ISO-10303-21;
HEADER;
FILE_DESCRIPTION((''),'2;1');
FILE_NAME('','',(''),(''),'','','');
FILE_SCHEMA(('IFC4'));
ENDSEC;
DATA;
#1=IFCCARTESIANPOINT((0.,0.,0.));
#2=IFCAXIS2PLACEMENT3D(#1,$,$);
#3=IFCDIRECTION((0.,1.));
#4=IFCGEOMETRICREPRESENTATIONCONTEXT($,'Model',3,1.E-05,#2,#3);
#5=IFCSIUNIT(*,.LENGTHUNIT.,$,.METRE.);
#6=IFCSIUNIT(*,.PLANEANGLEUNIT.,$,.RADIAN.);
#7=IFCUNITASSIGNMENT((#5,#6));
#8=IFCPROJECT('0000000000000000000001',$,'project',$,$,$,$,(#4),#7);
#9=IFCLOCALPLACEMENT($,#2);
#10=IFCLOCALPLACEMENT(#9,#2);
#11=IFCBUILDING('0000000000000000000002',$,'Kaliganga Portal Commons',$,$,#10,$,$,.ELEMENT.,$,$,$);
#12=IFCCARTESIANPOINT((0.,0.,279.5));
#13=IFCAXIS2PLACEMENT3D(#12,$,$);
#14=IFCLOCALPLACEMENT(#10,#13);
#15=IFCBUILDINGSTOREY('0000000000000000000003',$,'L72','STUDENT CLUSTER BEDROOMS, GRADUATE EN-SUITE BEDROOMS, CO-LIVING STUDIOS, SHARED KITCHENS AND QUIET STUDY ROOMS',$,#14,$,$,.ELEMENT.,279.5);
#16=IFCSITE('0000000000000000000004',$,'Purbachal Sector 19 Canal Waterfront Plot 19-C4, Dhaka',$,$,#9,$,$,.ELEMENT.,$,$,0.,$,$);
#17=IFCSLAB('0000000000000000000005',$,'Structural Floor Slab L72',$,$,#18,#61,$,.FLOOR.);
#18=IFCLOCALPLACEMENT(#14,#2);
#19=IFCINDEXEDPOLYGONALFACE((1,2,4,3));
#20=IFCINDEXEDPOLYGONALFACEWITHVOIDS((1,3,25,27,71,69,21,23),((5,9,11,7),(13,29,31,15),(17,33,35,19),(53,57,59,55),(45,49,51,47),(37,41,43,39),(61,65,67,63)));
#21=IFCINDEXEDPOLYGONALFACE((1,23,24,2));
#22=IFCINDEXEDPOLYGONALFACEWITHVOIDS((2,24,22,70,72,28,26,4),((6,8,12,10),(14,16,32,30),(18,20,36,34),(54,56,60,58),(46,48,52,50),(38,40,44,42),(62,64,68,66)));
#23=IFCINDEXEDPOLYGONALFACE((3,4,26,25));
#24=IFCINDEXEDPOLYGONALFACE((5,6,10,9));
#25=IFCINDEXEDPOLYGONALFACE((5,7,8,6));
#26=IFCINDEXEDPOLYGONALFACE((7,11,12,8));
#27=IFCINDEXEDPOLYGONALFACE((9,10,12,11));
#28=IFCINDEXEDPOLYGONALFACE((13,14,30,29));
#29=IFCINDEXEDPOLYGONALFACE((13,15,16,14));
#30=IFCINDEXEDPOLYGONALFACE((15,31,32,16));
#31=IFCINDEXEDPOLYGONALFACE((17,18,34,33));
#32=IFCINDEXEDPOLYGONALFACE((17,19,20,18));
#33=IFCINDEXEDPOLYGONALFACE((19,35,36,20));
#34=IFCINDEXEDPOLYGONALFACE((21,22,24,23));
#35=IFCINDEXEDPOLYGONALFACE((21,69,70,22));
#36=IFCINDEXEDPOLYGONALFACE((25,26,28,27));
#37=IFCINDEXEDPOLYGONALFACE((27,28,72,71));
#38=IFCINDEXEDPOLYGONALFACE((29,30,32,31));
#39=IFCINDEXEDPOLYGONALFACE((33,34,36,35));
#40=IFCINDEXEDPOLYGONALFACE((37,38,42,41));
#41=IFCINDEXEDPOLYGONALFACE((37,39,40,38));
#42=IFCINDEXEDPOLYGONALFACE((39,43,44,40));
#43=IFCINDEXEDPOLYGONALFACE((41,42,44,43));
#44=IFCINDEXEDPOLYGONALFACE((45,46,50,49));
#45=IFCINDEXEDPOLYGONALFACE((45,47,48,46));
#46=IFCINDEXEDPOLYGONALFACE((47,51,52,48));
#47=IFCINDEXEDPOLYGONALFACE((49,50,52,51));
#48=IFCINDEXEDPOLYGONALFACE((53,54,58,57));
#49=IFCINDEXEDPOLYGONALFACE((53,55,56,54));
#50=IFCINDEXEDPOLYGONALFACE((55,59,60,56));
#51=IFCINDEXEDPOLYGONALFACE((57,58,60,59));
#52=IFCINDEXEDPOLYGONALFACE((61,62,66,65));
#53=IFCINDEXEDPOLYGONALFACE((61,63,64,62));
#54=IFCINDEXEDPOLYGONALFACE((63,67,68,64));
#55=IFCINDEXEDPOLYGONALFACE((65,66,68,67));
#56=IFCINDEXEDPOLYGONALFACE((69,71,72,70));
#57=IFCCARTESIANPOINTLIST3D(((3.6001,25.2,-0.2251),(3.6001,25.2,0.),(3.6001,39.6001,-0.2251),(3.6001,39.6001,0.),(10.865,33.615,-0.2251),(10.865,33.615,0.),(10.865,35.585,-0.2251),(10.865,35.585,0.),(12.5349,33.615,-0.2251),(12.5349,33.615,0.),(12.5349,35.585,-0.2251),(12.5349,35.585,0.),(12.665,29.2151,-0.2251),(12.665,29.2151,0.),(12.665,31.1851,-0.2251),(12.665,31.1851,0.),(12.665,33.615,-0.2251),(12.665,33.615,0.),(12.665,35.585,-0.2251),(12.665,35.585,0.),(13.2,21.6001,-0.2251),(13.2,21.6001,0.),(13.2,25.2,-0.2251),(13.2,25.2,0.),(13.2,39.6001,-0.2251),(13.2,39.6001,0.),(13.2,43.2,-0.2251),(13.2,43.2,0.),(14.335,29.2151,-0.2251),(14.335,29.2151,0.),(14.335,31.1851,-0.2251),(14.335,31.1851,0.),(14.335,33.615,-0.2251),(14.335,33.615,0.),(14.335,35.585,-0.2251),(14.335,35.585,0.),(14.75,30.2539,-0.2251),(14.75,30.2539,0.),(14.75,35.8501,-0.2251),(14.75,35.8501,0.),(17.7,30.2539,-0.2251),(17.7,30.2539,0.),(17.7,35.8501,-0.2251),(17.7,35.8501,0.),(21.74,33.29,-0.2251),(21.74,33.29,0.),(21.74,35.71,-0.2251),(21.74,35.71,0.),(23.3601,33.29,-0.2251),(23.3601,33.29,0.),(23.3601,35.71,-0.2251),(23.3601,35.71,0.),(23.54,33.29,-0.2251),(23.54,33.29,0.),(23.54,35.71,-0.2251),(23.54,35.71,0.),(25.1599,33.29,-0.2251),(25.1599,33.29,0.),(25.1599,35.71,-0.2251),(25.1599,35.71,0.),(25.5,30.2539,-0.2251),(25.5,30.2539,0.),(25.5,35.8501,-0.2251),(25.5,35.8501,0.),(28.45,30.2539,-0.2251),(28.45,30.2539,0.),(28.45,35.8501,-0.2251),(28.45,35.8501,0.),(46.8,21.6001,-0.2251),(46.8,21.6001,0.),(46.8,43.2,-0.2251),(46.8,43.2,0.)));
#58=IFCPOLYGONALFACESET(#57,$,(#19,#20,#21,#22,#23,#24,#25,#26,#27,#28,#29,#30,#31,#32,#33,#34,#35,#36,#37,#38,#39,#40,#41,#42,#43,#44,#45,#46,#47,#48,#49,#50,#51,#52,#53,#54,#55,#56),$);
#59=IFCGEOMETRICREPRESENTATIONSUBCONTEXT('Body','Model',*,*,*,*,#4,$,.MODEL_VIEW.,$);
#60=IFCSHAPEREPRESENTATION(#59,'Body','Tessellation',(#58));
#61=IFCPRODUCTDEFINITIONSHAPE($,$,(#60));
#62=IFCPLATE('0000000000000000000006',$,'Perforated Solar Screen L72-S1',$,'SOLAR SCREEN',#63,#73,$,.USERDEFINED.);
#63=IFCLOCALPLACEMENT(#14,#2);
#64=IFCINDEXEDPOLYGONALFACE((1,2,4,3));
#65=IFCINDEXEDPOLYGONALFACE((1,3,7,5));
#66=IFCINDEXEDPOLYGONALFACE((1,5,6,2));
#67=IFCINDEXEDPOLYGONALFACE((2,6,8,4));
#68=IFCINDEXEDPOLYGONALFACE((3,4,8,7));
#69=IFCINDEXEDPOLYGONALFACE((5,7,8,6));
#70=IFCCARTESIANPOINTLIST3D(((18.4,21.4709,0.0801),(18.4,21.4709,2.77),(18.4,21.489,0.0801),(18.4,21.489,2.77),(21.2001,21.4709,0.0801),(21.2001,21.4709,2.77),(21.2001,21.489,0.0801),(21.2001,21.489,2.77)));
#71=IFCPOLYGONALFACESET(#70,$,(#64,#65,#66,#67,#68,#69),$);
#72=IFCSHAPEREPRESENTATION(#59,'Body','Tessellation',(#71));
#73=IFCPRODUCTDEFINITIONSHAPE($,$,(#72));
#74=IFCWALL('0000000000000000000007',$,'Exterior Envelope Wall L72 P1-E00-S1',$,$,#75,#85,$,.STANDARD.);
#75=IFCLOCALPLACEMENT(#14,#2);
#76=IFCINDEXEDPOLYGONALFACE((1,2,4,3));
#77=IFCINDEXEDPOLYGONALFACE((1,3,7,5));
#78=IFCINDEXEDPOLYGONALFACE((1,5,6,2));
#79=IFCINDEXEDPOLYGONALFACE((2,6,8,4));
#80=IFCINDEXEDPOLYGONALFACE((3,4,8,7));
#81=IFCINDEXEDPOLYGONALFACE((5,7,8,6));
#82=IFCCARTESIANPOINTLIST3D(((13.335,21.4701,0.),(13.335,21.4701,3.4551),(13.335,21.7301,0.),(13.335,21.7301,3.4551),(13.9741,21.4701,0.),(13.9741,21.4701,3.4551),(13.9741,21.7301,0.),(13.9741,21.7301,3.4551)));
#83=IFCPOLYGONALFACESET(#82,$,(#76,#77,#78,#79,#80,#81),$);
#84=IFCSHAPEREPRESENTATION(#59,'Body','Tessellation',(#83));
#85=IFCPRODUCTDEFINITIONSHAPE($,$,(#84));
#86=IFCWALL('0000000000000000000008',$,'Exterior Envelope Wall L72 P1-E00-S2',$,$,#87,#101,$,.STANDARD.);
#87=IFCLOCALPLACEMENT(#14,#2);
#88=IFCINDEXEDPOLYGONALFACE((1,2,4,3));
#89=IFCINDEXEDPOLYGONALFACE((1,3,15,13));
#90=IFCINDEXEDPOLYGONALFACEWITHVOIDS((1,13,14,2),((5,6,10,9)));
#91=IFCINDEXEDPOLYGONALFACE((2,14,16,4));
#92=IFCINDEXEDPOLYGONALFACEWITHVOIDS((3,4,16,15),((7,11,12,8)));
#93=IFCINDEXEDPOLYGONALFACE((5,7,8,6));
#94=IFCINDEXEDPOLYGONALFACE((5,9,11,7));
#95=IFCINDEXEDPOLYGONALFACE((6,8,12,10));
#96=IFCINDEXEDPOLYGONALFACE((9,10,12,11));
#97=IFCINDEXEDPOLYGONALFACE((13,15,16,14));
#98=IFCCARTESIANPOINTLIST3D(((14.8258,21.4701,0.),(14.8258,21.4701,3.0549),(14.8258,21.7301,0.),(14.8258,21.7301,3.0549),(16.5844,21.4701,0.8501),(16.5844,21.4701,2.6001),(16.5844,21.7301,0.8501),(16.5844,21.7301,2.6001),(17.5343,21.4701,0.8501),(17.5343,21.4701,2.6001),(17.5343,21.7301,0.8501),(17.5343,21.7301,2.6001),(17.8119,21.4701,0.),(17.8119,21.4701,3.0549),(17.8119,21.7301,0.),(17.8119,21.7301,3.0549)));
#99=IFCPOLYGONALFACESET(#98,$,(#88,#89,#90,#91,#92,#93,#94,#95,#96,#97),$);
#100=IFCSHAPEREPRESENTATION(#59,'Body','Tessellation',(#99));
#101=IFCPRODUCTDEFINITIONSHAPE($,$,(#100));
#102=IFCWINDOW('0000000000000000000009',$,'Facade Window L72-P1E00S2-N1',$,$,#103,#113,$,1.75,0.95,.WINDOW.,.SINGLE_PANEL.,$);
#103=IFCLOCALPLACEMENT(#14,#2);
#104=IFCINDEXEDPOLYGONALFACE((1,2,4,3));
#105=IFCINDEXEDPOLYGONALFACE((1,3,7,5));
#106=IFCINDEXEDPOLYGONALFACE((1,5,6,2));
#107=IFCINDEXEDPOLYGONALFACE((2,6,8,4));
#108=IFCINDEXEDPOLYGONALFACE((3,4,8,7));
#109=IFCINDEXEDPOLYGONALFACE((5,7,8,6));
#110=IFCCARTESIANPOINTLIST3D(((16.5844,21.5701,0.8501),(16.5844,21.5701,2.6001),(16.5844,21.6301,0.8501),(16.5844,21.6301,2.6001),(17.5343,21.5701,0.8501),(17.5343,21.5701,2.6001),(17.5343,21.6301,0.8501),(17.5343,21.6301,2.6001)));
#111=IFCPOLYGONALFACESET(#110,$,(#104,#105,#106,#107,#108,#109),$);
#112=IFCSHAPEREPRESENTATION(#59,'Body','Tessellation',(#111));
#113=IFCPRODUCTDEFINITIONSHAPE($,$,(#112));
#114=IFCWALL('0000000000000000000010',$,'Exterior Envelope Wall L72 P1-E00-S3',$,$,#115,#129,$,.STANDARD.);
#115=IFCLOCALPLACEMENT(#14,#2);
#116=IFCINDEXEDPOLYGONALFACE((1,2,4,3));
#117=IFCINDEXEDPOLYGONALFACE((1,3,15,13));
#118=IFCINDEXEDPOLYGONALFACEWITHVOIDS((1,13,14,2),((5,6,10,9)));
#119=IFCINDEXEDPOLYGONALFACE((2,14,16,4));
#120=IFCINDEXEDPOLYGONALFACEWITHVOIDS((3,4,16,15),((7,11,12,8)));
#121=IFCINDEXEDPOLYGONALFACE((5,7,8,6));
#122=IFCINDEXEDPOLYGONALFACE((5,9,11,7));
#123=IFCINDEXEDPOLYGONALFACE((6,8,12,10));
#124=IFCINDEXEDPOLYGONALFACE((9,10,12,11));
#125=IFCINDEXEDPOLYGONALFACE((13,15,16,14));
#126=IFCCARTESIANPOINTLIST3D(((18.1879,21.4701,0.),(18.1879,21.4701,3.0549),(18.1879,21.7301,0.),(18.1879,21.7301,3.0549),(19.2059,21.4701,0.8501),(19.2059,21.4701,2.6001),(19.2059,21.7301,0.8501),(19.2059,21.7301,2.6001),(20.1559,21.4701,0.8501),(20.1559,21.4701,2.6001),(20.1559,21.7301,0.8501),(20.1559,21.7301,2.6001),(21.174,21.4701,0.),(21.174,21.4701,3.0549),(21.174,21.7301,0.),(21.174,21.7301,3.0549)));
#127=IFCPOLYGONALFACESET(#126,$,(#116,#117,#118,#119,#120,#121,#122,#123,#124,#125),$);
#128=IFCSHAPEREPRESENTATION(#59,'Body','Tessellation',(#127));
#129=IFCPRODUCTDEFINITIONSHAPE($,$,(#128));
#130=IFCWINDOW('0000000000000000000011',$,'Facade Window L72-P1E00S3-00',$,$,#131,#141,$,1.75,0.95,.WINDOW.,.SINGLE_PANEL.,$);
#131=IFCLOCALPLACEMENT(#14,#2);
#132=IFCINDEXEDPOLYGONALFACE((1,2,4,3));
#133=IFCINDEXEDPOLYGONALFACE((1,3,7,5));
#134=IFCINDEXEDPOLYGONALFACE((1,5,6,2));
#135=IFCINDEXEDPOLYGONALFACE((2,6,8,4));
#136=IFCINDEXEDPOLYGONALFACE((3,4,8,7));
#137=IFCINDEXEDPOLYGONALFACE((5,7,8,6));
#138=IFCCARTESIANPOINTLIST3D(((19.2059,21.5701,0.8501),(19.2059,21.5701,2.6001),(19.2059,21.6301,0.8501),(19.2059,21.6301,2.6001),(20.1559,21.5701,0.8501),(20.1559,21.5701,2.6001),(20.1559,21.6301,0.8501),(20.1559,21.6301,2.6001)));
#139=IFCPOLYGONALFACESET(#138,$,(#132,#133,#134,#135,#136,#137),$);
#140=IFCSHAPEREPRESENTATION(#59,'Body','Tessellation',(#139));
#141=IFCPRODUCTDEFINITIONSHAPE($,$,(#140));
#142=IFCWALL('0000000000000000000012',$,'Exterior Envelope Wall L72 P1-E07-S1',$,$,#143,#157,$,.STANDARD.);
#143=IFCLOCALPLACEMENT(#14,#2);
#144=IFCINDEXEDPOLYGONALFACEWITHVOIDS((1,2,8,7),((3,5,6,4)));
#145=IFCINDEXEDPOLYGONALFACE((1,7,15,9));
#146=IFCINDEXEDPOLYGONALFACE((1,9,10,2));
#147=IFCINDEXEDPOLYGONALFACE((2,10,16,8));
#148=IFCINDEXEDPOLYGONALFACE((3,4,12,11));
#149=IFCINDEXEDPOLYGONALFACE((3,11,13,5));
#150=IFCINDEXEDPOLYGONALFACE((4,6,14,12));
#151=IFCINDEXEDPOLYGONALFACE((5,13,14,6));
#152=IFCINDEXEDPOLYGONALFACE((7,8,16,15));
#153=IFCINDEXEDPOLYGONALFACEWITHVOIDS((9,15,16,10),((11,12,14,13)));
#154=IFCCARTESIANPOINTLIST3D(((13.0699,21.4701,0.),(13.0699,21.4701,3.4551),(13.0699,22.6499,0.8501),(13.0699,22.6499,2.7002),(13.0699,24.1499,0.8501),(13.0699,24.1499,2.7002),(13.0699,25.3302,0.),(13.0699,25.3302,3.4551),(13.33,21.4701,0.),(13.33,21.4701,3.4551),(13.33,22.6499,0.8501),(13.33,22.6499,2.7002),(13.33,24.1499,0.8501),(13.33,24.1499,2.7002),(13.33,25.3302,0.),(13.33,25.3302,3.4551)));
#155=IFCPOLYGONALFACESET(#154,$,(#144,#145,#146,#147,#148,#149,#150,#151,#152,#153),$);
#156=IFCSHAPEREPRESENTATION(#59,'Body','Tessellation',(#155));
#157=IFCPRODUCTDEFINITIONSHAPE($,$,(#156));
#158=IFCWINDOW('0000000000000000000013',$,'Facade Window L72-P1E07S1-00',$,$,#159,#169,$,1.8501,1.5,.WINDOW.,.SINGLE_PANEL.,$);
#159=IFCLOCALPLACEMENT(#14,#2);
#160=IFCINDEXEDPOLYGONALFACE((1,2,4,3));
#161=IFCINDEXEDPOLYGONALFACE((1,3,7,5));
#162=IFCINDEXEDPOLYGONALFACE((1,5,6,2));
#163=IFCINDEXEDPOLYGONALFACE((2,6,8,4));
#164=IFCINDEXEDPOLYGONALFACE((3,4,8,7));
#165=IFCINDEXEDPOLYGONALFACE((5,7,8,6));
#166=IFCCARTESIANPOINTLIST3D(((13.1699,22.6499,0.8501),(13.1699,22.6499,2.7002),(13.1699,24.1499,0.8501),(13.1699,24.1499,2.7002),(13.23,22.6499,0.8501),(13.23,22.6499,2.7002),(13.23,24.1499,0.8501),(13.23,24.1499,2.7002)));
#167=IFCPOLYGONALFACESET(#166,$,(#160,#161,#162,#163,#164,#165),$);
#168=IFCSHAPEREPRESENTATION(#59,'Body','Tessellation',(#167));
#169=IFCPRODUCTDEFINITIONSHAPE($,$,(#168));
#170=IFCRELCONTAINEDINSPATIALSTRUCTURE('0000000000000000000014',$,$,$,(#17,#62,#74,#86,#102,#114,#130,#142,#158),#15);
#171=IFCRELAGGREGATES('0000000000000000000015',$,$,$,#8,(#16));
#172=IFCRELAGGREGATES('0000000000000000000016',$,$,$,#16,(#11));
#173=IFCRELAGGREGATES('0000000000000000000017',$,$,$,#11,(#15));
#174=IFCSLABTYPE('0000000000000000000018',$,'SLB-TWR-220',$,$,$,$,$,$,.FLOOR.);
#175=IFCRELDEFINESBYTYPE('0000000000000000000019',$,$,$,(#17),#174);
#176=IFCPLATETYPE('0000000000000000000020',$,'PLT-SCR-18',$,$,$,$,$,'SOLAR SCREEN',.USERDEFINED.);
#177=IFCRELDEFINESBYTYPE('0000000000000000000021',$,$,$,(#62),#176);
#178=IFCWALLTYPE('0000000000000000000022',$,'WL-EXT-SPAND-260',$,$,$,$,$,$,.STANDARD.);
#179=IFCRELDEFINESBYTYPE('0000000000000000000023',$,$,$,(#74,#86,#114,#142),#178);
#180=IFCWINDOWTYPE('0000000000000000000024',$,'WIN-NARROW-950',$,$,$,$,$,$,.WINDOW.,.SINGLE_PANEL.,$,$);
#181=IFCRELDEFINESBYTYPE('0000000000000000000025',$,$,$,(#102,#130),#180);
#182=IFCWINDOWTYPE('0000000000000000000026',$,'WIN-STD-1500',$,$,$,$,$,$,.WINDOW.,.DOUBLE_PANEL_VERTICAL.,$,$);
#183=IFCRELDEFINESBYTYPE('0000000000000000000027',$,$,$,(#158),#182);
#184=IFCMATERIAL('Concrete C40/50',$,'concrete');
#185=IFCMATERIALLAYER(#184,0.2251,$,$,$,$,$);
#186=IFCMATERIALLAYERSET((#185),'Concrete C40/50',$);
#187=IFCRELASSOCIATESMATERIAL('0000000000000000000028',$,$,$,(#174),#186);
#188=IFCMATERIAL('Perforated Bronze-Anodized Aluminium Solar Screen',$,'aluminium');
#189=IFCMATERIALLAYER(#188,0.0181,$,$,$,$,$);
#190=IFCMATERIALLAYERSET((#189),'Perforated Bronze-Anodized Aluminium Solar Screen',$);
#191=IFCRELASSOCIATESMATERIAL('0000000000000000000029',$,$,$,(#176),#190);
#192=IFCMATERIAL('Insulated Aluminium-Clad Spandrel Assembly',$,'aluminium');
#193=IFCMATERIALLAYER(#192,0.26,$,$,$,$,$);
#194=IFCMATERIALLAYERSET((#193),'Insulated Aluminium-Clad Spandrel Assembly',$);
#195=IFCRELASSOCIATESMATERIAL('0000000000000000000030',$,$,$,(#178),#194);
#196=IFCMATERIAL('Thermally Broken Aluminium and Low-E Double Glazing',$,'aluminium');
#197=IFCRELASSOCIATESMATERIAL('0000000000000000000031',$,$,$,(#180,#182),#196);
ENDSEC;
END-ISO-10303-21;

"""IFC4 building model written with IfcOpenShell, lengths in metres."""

from ifc_helpers import new_model, si_unit, direction, frame, frame_2d, origin, origin_2d, place, context, subcontext, project, spatial, polyline, rectangle, outline, extrude, source, transform, mapped, material, layer, layer_set, type_object, element, fill, save


model = new_model("IFC4")

# Units and contexts
model_context = context("Model", 3, precision=1e-05, world=origin(), true_north=direction((0.0, 1.0)))
body_context = subcontext(model_context, "Body", "Model", "MODEL_VIEW")
ifc_project = project(units=[si_unit("LENGTHUNIT", "METRE"), si_unit("PLANEANGLEUNIT", "RADIAN")], contexts=[model_context])

# Site, building, storey
site_placement = place(None, origin())
site = spatial("IfcSite", under=ifc_project, at=site_placement, Name="Purbachal Sector 19 Canal Waterfront Plot 19-C4, Dhaka", CompositionType="ELEMENT", RefElevation=0.0)
building_placement = place(site_placement, origin())
building = spatial("IfcBuilding", under=site, at=building_placement, Name="Kaliganga Portal Commons", CompositionType="ELEMENT")
storey_placement = place(building_placement, frame((0.0, 0.0, 279.5)))
storey = spatial("IfcBuildingStorey", under=building, at=storey_placement, Name="L72", Description="STUDENT CLUSTER BEDROOMS, GRADUATE EN-SUITE BEDROOMS, CO-LIVING STUDIOS, SHARED KITCHENS AND QUIET STUDY ROOMS", CompositionType="ELEMENT", Elevation=279.5)

# Shared definitions
ifc_material_1 = material(Name="Concrete C40/50", Category="concrete")

# Slab
ifc_layer_1 = layer(ifc_material_1, 0.2251)
ifc_layer_set_1 = layer_set([ifc_layer_1], Name="Concrete C40/50")
slab_type_1 = type_object("IfcSlabType", Name="SLB-TWR-220", PredefinedType="FLOOR", material=ifc_layer_set_1)
slab_1_placement = place(storey_placement, frame((0.0, 0.0, -0.2251)))
element("IfcSlab", 1, at=slab_1_placement, inside=storey, type_object=slab_type_1, Name="Structural Floor Slab L72", PredefinedType="FLOOR", context=body_context, shape_type="SweptSolid", body=[
    extrude(outline(polyline([(13.2, 21.6001), (46.8, 21.6001), (46.8, 43.2), (13.2, 43.2), (13.2, 39.6001), (3.6001, 39.6001), (3.6001, 25.2), (13.2, 25.2), (13.2, 21.6001)]), holes=[polyline([(14.75, 30.2539), (14.75, 35.8501), (17.7, 35.8501), (17.7, 30.2539), (14.75, 30.2539)]), polyline([(25.5, 30.2539), (25.5, 35.8501), (28.45, 35.8501), (28.45, 30.2539), (25.5, 30.2539)]), polyline([(12.665, 33.615), (12.665, 35.585), (14.335, 35.585), (14.335, 33.615), (12.665, 33.615)]), polyline([(12.665, 29.2151), (12.665, 31.1851), (14.335, 31.1851), (14.335, 29.2151), (12.665, 29.2151)]), polyline([(10.865, 33.615), (10.865, 35.585), (12.5349, 35.585), (12.5349, 33.615), (10.865, 33.615)]), polyline([(21.74, 33.29), (21.74, 35.71), (23.3601, 35.71), (23.3601, 33.29), (21.74, 33.29)]), polyline([(23.54, 33.29), (23.54, 35.71), (25.1599, 35.71), (25.1599, 33.29), (23.54, 33.29)])]), origin(), (0.0, 0.0, 1.0), 0.2251),
])

# Plate
ifc_material_2 = material(Name="Perforated Bronze-Anodized Aluminium Solar Screen", Category="aluminium")
ifc_layer_2 = layer(ifc_material_2, 0.0181)
ifc_layer_set_2 = layer_set([ifc_layer_2], Name="Perforated Bronze-Anodized Aluminium Solar Screen")
plate_type = type_object("IfcPlateType", Name="PLT-SCR-18", ElementType="SOLAR SCREEN", PredefinedType="USERDEFINED", material=ifc_layer_set_2)
shared_shape_1 = source(origin(), body_context, "Body", "SweptSolid", [
    extrude(rectangle(XDim=2.8, YDim=0.0181, at=origin_2d()), origin(), (0.0, 0.0, 1.0), 2.6899),
])
plate_placement = place(storey_placement, frame((19.8, 21.48, 0.0801), z_axis=(0.0, 0.0, 1.0), x_axis=(1.0, 0.0, 0.0)))
element("IfcPlate", 2, at=plate_placement, inside=storey, type_object=plate_type, Name="Perforated Solar Screen L72-S1", ObjectType="SOLAR SCREEN", PredefinedType="USERDEFINED", context=body_context, shape_type="MappedRepresentation", body=[
    mapped(shared_shape_1, transform((0.0, 0.0, 0.0), x_axis=(1.0, 0.0, 0.0), y_axis=(0.0, 1.0, 0.0), z_axis=(0.0, 0.0, 1.0), scale=1.0)),
])

# Wall
ifc_material_3 = material(Name="Insulated Aluminium-Clad Spandrel Assembly", Category="aluminium")
ifc_layer_3 = layer(ifc_material_3, 0.26)
ifc_layer_set_3 = layer_set([ifc_layer_3], Name="Insulated Aluminium-Clad Spandrel Assembly")
wall_type = type_object("IfcWallType", Name="WL-EXT-SPAND-260", PredefinedType="STANDARD", material=ifc_layer_set_3)
wall_1_placement = place(storey_placement, frame((13.9741, 21.6001, 0.0), z_axis=(0.0, 0.0, 1.0), x_axis=(-1.0, 0.0, 0.0)))
element("IfcWall", 3, at=wall_1_placement, inside=storey, type_object=wall_type, Name="Exterior Envelope Wall L72 P1-E00-S1", PredefinedType="STANDARD", context=body_context, shape_type="SweptSolid", body=[
    extrude(rectangle(XDim=0.6392, YDim=0.26, at=frame_2d((0.3196, 0.0))), origin(), (0.0, 0.0, 1.0), 3.4551),
])

# Walls, openings, windows
wall_2_placement = place(storey_placement, frame((17.812, 21.6001, 0.0), z_axis=(0.0, 0.0, 1.0), x_axis=(-1.0, 0.0, 0.0)))
wall_2 = element("IfcWall", 4, at=wall_2_placement, inside=storey, type_object=wall_type, Name="Exterior Envelope Wall L72 P1-E00-S2", PredefinedType="STANDARD", context=body_context, shape_type="SweptSolid", body=[
    extrude(rectangle(XDim=2.9861, YDim=0.26, at=frame_2d((1.4932, 0.0))), origin(), (0.0, 0.0, 1.0), 3.0549),
])
opening_1_placement = place(wall_2_placement, frame((0.2776, 0.0, 0.8501)))
opening_1 = element("IfcOpeningElement", 5, at=opening_1_placement, cuts=wall_2, PredefinedType="OPENING", context=body_context, shape_type="SweptSolid", body=[
    extrude(rectangle(XDim=0.95, YDim=1.75, at=frame_2d((0.4751, 0.875))), frame((0.0, 0.1401, 0.0), z_axis=(0.0, -1.0, 0.0), x_axis=(1.0, 0.0, 0.0)), (0.0, 0.0, 1.0), 0.28),
])
ifc_material_4 = material(Name="Thermally Broken Aluminium and Low-E Double Glazing", Category="aluminium")
window_type_1 = type_object("IfcWindowType", Name="WIN-NARROW-950", PartitioningType="SINGLE_PANEL", PredefinedType="WINDOW", material=ifc_material_4)
window_1_placement = place(opening_1_placement, origin())
window_1 = element("IfcWindow", 6, at=window_1_placement, inside=storey, type_object=window_type_1, Name="Facade Window L72-P1E00S2-N1", OverallHeight=1.75, OverallWidth=0.95, PartitioningType="SINGLE_PANEL", PredefinedType="WINDOW", context=body_context, shape_type="SweptSolid", body=[
    extrude(rectangle(XDim=0.95, YDim=1.75, at=frame_2d((0.4751, 0.875))), frame((0.0, 0.03, 0.0), z_axis=(0.0, -1.0, 0.0), x_axis=(1.0, 0.0, 0.0)), (0.0, 0.0, 1.0), 0.0601),
])
fill(opening_1, window_1)
wall_3_placement = place(storey_placement, frame((21.1741, 21.6001, 0.0), z_axis=(0.0, 0.0, 1.0), x_axis=(-1.0, 0.0, 0.0)))
wall_3 = element("IfcWall", 7, at=wall_3_placement, inside=storey, type_object=wall_type, Name="Exterior Envelope Wall L72 P1-E00-S3", PredefinedType="STANDARD", context=body_context, shape_type="SweptSolid", body=[
    extrude(rectangle(XDim=2.9861, YDim=0.26, at=frame_2d((1.4932, 0.0))), origin(), (0.0, 0.0, 1.0), 3.0549),
])
opening_2_placement = place(wall_3_placement, frame((1.0181, 0.0, 0.8501)))
opening_2 = element("IfcOpeningElement", 8, at=opening_2_placement, cuts=wall_3, PredefinedType="OPENING", context=body_context, shape_type="SweptSolid", body=[
    extrude(rectangle(XDim=0.95, YDim=1.75, at=frame_2d((0.4751, 0.875))), frame((0.0, 0.1401, 0.0), z_axis=(0.0, -1.0, 0.0), x_axis=(1.0, 0.0, 0.0)), (0.0, 0.0, 1.0), 0.28),
])
window_2_placement = place(opening_2_placement, origin())
window_2 = element("IfcWindow", 9, at=window_2_placement, inside=storey, type_object=window_type_1, Name="Facade Window L72-P1E00S3-00", OverallHeight=1.75, OverallWidth=0.95, PartitioningType="SINGLE_PANEL", PredefinedType="WINDOW", context=body_context, shape_type="SweptSolid", body=[
    extrude(rectangle(XDim=0.95, YDim=1.75, at=frame_2d((0.4751, 0.875))), frame((0.0, 0.03, 0.0), z_axis=(0.0, -1.0, 0.0), x_axis=(1.0, 0.0, 0.0)), (0.0, 0.0, 1.0), 0.0601),
])
fill(opening_2, window_2)
wall_4_placement = place(storey_placement, frame((13.2, 21.47, 0.0), z_axis=(0.0, 0.0, 1.0), x_axis=(0.0, 1.0, 0.0)))
wall_4 = element("IfcWall", 10, at=wall_4_placement, inside=storey, type_object=wall_type, Name="Exterior Envelope Wall L72 P1-E07-S1", PredefinedType="STANDARD", context=body_context, shape_type="SweptSolid", body=[
    extrude(rectangle(XDim=3.8601, YDim=0.26, at=frame_2d((1.9302, 0.0))), origin(), (0.0, 0.0, 1.0), 3.4551),
])
opening_3_placement = place(wall_4_placement, frame((1.1799, 0.0, 0.8501)))
opening_3 = element("IfcOpeningElement", 11, at=opening_3_placement, cuts=wall_4, PredefinedType="OPENING", context=body_context, shape_type="SweptSolid", body=[
    extrude(rectangle(XDim=1.5, YDim=1.8501, at=frame_2d((0.75, 0.925))), frame((0.0, 0.1401, 0.0), z_axis=(0.0, -1.0, 0.0), x_axis=(1.0, 0.0, 0.0)), (0.0, 0.0, 1.0), 0.28),
])
window_type_2 = type_object("IfcWindowType", Name="WIN-STD-1500", PartitioningType="DOUBLE_PANEL_VERTICAL", PredefinedType="WINDOW", material=ifc_material_4)
window_3_placement = place(opening_3_placement, origin())
window_3 = element("IfcWindow", 12, at=window_3_placement, inside=storey, type_object=window_type_2, Name="Facade Window L72-P1E07S1-00", OverallHeight=1.8501, OverallWidth=1.5, PartitioningType="SINGLE_PANEL", PredefinedType="WINDOW", context=body_context, shape_type="SweptSolid", body=[
    extrude(rectangle(XDim=1.5, YDim=1.8501, at=frame_2d((0.75, 0.925))), frame((0.0, 0.03, 0.0), z_axis=(0.0, -1.0, 0.0), x_axis=(1.0, 0.0, 0.0)), (0.0, 0.0, 1.0), 0.0601),
])
fill(opening_3, window_3)

save(model, "model.ifc")
